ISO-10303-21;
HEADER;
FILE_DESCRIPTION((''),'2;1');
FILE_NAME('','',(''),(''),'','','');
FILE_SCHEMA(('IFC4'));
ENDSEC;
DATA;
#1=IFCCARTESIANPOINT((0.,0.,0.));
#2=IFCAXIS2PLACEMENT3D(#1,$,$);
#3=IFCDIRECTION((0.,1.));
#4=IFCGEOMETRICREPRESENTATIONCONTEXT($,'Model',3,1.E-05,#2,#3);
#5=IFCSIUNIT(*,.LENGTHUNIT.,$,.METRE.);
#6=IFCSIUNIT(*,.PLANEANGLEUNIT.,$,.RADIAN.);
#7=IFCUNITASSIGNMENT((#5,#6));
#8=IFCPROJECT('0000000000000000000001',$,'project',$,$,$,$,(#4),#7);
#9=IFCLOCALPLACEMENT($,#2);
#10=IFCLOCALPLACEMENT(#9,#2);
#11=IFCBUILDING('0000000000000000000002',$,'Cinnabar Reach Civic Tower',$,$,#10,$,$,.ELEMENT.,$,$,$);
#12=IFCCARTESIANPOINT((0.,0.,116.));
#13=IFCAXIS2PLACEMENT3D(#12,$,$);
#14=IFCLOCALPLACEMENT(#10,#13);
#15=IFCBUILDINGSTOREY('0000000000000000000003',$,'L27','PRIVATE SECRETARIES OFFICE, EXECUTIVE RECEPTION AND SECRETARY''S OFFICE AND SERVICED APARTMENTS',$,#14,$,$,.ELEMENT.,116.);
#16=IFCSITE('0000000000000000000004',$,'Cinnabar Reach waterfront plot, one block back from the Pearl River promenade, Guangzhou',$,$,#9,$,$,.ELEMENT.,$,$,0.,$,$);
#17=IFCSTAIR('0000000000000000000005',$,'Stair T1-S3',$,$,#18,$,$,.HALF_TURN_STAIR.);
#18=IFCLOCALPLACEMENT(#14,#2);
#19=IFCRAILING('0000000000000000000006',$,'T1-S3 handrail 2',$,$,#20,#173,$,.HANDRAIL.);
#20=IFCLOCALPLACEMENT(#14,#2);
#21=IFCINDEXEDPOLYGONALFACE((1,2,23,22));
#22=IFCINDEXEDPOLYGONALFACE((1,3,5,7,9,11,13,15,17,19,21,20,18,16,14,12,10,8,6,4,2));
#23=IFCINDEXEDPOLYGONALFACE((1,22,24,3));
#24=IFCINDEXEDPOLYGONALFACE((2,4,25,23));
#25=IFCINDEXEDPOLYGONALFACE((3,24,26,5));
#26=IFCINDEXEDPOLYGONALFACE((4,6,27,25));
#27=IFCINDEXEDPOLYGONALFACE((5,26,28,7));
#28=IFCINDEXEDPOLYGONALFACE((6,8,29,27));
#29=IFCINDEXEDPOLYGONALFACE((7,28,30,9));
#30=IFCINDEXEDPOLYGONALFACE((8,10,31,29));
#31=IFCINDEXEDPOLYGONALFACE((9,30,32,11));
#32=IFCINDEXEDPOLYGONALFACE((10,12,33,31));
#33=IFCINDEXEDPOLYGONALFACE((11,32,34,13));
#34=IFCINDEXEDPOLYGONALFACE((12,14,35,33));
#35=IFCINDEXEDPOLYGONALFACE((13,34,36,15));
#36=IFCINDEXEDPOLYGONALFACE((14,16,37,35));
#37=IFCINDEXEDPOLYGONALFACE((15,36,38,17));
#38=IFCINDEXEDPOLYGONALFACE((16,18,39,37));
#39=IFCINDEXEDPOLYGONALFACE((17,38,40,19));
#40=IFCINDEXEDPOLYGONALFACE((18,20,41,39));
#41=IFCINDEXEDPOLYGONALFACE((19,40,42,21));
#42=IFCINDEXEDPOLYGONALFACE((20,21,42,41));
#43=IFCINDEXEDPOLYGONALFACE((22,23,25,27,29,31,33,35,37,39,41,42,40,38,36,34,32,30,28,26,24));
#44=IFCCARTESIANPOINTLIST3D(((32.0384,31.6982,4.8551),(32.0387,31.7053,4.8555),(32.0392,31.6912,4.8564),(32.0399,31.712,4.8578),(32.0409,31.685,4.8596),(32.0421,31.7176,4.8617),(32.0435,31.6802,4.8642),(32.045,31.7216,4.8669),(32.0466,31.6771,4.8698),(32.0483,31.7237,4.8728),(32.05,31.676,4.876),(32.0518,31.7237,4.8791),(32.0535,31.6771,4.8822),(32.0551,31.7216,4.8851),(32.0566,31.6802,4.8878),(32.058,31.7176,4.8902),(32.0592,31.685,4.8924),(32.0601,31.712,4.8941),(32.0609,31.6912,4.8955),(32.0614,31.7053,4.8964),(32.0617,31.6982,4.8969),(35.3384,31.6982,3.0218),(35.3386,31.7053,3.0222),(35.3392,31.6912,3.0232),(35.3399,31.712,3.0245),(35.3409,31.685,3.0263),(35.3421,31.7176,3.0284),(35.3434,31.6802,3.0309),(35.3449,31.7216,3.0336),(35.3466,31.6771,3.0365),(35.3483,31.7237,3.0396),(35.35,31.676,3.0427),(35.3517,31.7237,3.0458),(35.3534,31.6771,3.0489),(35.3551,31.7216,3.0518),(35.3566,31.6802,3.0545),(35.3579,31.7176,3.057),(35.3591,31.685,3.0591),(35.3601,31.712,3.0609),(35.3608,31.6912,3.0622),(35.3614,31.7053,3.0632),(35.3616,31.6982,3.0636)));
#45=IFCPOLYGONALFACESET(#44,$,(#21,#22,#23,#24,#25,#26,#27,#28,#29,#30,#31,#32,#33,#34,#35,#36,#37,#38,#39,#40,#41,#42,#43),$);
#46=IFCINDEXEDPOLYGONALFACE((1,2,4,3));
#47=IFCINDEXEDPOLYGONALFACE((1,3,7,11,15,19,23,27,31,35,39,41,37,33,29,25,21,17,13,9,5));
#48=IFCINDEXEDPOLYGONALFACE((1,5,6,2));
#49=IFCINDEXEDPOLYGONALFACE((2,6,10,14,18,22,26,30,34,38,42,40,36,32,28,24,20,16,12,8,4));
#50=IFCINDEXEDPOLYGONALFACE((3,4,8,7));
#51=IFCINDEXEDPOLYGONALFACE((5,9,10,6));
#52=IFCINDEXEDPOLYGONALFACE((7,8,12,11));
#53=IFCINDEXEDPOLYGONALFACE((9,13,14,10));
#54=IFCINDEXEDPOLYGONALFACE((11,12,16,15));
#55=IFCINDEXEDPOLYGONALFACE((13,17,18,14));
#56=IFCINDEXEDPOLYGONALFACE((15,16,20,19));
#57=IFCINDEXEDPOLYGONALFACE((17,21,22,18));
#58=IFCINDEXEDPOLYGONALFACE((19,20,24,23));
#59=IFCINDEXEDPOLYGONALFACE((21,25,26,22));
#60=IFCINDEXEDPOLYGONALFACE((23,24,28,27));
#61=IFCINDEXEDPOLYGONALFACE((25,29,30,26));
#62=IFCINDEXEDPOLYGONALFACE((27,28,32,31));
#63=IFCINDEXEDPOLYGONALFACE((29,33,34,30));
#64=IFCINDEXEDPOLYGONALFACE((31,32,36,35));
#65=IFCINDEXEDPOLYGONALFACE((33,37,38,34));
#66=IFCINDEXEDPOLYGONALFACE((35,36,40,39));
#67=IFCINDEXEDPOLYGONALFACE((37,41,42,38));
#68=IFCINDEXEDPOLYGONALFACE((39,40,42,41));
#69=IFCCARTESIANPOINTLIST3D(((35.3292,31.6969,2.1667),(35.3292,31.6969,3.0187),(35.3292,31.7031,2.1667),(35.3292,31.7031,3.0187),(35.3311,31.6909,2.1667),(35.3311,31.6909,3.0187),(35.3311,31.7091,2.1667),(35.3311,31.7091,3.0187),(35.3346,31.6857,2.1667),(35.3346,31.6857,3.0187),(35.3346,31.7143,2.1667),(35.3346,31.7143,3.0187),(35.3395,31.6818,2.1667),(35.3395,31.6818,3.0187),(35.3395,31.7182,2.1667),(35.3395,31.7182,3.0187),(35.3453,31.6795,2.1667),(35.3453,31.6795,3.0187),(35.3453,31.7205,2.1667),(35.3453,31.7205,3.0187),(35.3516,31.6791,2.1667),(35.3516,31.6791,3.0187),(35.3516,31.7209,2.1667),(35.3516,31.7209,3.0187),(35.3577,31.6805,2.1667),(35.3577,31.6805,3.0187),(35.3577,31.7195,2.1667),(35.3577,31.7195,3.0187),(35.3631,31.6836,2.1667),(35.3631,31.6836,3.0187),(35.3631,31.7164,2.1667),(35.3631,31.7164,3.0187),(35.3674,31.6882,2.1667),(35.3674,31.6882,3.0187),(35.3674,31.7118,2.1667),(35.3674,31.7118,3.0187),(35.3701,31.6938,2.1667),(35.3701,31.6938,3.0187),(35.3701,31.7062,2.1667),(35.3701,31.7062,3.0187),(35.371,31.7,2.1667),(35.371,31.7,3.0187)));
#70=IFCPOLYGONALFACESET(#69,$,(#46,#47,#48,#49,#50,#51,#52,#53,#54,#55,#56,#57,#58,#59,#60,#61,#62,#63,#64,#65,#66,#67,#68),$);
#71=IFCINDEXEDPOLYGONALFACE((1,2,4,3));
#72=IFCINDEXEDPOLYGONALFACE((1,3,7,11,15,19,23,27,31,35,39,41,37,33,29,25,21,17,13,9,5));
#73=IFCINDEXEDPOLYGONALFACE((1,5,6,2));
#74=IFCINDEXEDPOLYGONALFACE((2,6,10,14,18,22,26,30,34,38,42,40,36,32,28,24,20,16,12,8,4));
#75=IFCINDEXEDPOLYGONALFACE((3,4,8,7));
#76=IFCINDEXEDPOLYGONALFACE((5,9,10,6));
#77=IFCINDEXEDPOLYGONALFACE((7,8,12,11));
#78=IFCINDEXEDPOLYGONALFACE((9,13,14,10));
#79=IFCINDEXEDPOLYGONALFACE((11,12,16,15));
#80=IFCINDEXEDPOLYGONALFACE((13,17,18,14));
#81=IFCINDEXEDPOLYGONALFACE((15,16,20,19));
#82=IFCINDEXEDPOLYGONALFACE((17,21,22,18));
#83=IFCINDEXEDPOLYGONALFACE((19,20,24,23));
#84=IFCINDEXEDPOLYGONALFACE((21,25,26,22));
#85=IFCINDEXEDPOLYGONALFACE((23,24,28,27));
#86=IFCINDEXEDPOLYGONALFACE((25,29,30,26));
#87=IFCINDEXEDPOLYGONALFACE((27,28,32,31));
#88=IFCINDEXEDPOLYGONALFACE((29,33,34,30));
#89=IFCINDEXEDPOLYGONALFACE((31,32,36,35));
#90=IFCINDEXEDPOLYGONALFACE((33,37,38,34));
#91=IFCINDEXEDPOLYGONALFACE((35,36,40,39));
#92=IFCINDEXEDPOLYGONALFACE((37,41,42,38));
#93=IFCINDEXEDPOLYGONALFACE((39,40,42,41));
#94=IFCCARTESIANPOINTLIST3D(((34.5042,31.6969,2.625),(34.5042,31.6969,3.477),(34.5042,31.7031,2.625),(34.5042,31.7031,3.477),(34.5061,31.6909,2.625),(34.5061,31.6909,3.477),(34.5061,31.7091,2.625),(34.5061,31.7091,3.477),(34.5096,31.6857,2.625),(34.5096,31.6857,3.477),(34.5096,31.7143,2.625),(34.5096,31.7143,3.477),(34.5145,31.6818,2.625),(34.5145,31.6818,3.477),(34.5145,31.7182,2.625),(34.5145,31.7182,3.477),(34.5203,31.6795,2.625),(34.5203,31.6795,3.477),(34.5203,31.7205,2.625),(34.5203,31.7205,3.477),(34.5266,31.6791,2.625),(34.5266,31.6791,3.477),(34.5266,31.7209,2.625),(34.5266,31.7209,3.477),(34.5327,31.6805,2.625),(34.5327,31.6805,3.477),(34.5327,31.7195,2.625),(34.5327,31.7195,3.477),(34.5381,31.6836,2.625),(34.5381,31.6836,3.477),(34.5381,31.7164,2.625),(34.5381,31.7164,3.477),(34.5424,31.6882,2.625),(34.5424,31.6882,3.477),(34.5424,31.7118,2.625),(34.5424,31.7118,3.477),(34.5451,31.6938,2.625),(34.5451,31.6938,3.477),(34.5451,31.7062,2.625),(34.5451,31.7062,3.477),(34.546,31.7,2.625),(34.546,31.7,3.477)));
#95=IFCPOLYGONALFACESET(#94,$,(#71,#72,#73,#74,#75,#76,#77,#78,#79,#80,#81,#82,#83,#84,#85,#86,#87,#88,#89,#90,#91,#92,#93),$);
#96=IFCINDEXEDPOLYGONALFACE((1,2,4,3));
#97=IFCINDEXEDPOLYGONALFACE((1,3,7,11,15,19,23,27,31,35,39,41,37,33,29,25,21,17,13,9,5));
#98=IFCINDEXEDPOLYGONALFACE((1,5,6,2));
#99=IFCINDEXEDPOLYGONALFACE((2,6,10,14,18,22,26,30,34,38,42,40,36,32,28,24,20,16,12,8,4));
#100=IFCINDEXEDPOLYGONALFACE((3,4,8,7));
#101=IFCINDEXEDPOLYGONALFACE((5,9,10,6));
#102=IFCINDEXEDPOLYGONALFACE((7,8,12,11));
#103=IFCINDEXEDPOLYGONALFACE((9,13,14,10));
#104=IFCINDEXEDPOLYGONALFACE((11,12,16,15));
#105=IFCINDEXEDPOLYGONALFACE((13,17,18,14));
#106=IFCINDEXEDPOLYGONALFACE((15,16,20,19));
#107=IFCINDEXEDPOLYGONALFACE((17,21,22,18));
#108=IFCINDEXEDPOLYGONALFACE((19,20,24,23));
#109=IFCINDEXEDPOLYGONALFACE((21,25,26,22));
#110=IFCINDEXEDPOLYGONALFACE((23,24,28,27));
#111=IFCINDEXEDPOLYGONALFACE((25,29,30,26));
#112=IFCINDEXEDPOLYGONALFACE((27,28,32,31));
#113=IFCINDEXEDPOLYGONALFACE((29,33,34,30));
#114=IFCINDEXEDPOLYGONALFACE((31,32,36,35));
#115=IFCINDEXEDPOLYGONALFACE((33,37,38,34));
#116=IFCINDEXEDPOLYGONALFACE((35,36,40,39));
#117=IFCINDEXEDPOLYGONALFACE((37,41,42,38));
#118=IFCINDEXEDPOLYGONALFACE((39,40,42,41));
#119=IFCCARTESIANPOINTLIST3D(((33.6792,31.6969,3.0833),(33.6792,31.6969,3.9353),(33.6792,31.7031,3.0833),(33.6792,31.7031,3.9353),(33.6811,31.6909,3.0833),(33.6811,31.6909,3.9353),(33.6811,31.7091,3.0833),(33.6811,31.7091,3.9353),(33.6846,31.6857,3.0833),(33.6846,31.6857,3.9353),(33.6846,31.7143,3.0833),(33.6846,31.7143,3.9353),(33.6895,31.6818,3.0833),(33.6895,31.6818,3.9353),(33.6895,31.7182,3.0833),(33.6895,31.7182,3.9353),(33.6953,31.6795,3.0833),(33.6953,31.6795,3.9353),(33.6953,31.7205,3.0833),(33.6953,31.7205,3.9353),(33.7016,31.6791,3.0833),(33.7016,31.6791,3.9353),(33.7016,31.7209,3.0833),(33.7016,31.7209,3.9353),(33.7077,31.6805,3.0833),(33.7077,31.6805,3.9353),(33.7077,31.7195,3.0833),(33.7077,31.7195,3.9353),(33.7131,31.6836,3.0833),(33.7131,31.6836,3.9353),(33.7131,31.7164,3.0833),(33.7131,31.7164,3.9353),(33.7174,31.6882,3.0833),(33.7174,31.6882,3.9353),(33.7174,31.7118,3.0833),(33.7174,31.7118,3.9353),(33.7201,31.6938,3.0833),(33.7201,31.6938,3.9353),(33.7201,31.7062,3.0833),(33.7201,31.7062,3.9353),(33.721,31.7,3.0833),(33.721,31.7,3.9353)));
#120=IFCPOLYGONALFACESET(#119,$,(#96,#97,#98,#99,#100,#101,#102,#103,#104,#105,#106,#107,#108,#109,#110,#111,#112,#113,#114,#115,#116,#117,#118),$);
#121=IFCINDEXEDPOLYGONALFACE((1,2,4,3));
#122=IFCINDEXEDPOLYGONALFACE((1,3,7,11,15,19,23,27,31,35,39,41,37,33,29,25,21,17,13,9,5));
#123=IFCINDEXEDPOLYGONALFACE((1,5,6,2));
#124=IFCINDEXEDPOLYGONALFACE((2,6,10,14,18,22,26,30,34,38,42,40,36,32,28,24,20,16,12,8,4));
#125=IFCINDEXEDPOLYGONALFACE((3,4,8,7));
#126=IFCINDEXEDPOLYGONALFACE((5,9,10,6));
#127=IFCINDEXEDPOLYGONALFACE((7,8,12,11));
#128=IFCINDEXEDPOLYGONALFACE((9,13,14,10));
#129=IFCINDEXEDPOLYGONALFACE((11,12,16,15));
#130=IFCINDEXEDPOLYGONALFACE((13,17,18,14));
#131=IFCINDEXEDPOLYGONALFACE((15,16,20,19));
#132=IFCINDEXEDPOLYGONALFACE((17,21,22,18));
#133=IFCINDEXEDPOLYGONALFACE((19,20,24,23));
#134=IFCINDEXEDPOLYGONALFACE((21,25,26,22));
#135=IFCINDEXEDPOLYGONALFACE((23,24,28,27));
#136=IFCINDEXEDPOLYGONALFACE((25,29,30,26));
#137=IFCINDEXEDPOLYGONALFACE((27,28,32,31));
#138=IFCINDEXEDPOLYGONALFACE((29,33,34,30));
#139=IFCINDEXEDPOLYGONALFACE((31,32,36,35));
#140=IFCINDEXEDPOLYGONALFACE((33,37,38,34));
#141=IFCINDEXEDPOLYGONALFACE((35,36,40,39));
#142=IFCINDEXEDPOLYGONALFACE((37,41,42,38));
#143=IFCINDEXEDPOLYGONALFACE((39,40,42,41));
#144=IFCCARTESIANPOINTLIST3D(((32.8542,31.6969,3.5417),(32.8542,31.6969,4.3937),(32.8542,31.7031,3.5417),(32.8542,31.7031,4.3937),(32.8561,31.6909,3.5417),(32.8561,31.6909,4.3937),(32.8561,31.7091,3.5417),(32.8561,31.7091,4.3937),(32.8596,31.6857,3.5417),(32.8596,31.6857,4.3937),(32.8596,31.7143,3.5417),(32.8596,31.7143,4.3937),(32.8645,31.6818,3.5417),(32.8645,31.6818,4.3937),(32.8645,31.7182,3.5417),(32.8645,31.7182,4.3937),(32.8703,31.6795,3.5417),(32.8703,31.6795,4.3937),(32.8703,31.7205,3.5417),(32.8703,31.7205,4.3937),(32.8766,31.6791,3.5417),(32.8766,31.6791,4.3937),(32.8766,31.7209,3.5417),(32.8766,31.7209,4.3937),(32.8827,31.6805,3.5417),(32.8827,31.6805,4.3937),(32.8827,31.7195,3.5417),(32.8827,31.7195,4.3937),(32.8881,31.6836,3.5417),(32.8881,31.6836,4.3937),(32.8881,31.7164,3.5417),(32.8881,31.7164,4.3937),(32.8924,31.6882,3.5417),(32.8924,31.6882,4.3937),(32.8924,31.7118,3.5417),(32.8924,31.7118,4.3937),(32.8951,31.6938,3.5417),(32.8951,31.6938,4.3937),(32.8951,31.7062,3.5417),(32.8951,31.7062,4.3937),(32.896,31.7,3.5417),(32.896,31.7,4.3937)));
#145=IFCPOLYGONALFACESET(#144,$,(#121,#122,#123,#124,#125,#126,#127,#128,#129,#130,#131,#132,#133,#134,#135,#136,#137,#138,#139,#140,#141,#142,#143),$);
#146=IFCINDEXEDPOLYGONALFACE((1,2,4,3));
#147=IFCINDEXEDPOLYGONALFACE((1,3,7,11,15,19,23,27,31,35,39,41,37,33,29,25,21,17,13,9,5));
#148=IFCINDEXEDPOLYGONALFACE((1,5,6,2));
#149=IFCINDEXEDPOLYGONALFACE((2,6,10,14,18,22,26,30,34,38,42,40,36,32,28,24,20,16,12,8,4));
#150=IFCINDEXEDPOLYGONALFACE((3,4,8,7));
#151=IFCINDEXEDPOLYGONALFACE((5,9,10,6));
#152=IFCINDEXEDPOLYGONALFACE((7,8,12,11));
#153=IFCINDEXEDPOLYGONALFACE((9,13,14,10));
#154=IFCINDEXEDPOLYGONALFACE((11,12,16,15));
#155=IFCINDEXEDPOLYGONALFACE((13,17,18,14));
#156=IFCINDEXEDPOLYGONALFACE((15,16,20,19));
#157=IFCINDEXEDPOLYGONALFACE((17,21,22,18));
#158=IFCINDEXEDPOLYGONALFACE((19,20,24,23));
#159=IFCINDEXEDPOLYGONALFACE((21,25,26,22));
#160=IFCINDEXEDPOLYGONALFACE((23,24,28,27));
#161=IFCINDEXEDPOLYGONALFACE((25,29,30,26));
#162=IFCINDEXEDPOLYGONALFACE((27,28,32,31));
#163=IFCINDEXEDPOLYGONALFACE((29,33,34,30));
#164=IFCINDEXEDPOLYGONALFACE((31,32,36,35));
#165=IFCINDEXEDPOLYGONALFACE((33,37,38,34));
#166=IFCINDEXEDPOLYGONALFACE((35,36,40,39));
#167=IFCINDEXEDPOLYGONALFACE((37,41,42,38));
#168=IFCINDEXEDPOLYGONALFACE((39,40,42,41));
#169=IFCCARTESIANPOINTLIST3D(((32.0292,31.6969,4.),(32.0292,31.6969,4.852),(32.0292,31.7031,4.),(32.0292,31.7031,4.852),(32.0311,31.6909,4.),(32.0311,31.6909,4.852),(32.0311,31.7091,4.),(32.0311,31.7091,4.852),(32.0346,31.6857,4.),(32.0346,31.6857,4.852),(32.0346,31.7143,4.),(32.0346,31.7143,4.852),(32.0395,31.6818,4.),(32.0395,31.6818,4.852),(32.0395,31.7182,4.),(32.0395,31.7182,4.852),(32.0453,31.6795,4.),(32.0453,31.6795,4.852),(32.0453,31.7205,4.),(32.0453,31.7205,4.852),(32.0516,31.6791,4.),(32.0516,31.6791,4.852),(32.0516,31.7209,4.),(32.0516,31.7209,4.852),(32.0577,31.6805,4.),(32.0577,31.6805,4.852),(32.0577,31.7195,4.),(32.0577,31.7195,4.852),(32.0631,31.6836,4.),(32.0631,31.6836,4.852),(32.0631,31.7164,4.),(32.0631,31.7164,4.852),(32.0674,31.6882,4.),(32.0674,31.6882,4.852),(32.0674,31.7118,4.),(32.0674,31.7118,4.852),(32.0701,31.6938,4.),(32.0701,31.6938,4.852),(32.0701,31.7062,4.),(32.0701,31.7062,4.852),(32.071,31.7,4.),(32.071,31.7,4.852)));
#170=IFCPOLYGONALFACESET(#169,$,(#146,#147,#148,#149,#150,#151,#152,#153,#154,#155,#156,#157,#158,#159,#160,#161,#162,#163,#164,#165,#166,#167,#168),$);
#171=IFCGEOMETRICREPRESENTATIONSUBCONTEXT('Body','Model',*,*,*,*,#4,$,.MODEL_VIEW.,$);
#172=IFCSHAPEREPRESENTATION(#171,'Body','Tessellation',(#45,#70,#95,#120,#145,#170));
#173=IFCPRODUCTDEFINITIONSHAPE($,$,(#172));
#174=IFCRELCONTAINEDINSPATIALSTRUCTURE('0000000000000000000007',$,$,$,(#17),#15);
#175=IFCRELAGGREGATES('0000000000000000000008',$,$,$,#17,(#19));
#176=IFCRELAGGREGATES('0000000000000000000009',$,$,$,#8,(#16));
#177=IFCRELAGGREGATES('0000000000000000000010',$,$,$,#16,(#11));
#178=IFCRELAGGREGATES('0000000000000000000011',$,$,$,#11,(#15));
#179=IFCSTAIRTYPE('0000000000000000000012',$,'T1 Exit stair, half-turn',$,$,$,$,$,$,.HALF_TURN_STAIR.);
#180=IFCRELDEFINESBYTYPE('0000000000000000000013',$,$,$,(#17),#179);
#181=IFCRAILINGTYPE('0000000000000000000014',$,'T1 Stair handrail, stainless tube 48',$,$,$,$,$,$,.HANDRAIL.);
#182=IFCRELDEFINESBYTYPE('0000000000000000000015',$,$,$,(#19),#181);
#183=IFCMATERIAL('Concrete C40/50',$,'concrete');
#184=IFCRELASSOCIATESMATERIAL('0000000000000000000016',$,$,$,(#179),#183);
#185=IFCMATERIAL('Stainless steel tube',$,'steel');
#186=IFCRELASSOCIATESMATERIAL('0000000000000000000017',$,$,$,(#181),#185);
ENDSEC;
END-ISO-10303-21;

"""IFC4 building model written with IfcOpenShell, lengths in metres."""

from ifc_helpers import new_model, si_unit, direction, frame, origin, origin_2d, place, context, subcontext, project, spatial, circle, extrude, material, type_object, element, aggregate, save


model = new_model("IFC4")

# Units and contexts
model_context = context("Model", 3, precision=1e-05, world=origin(), true_north=direction((0.0, 1.0)))
body_context = subcontext(model_context, "Body", "Model", "MODEL_VIEW")
ifc_project = project(units=[si_unit("LENGTHUNIT", "METRE"), si_unit("PLANEANGLEUNIT", "RADIAN")], contexts=[model_context])

# Site, building, storey
site_placement = place(None, origin())
site = spatial("IfcSite", under=ifc_project, at=site_placement, Name="Cinnabar Reach waterfront plot, one block back from the Pearl River promenade, Guangzhou", CompositionType="ELEMENT", RefElevation=0.0)
building_placement = place(site_placement, origin())
building = spatial("IfcBuilding", under=site, at=building_placement, Name="Cinnabar Reach Civic Tower", CompositionType="ELEMENT")
storey_placement = place(building_placement, frame((0.0, 0.0, 116.0)))
storey = spatial("IfcBuildingStorey", under=building, at=storey_placement, Name="L27", Description="PRIVATE SECRETARIES OFFICE, EXECUTIVE RECEPTION AND SECRETARY'S OFFICE AND SERVICED APARTMENTS", CompositionType="ELEMENT", Elevation=116.0)

# Stair, railing
ifc_material_1 = material(Name="Concrete C40/50", Category="concrete")
stair_type = type_object("IfcStairType", Name="T1 Exit stair, half-turn", PredefinedType="HALF_TURN_STAIR", material=ifc_material_1)
stair_placement = place(storey_placement, origin())
stair = element("IfcStair", 1, at=stair_placement, inside=storey, type_object=stair_type, Name="Stair T1-S3", PredefinedType="HALF_TURN_STAIR")
ifc_material_2 = material(Name="Stainless steel tube", Category="steel")
railing_type = type_object("IfcRailingType", Name="T1 Stair handrail, stainless tube 48", PredefinedType="HANDRAIL", material=ifc_material_2)
railing_1_placement = place(storey_placement, frame((35.35, 31.7, 2.1667)))
railing_1 = element("IfcRailing", 2, at=railing_1_placement, type_object=railing_type, Name="T1-S3 handrail 2", PredefinedType="HANDRAIL", context=body_context, shape_type="SweptSolid", body=[
    extrude(circle(Radius=0.024, at=origin_2d()), frame((0.0, 0.0, 0.876), z_axis=(-0.874161, 0.0, 0.485636), x_axis=(0.0, -1.0, 0.0)), (0.0, 0.0, 1.0), 3.775),
    extrude(circle(Radius=0.021, at=origin_2d()), origin(), (0.0, 0.0, 1.0), 0.852),
    extrude(circle(Radius=0.021, at=origin_2d()), frame((-0.825, 0.0, 0.4583)), (0.0, 0.0, 1.0), 0.852),
    extrude(circle(Radius=0.021, at=origin_2d()), frame((-1.65, 0.0, 0.9166)), (0.0, 0.0, 1.0), 0.852),
    extrude(circle(Radius=0.021, at=origin_2d()), frame((-2.475, 0.0, 1.375)), (0.0, 0.0, 1.0), 0.852),
    extrude(circle(Radius=0.021, at=origin_2d()), frame((-3.3, 0.0, 1.8333)), (0.0, 0.0, 1.0), 0.852),
])
aggregate(stair, [railing_1])

save(model, "model.ifc")
